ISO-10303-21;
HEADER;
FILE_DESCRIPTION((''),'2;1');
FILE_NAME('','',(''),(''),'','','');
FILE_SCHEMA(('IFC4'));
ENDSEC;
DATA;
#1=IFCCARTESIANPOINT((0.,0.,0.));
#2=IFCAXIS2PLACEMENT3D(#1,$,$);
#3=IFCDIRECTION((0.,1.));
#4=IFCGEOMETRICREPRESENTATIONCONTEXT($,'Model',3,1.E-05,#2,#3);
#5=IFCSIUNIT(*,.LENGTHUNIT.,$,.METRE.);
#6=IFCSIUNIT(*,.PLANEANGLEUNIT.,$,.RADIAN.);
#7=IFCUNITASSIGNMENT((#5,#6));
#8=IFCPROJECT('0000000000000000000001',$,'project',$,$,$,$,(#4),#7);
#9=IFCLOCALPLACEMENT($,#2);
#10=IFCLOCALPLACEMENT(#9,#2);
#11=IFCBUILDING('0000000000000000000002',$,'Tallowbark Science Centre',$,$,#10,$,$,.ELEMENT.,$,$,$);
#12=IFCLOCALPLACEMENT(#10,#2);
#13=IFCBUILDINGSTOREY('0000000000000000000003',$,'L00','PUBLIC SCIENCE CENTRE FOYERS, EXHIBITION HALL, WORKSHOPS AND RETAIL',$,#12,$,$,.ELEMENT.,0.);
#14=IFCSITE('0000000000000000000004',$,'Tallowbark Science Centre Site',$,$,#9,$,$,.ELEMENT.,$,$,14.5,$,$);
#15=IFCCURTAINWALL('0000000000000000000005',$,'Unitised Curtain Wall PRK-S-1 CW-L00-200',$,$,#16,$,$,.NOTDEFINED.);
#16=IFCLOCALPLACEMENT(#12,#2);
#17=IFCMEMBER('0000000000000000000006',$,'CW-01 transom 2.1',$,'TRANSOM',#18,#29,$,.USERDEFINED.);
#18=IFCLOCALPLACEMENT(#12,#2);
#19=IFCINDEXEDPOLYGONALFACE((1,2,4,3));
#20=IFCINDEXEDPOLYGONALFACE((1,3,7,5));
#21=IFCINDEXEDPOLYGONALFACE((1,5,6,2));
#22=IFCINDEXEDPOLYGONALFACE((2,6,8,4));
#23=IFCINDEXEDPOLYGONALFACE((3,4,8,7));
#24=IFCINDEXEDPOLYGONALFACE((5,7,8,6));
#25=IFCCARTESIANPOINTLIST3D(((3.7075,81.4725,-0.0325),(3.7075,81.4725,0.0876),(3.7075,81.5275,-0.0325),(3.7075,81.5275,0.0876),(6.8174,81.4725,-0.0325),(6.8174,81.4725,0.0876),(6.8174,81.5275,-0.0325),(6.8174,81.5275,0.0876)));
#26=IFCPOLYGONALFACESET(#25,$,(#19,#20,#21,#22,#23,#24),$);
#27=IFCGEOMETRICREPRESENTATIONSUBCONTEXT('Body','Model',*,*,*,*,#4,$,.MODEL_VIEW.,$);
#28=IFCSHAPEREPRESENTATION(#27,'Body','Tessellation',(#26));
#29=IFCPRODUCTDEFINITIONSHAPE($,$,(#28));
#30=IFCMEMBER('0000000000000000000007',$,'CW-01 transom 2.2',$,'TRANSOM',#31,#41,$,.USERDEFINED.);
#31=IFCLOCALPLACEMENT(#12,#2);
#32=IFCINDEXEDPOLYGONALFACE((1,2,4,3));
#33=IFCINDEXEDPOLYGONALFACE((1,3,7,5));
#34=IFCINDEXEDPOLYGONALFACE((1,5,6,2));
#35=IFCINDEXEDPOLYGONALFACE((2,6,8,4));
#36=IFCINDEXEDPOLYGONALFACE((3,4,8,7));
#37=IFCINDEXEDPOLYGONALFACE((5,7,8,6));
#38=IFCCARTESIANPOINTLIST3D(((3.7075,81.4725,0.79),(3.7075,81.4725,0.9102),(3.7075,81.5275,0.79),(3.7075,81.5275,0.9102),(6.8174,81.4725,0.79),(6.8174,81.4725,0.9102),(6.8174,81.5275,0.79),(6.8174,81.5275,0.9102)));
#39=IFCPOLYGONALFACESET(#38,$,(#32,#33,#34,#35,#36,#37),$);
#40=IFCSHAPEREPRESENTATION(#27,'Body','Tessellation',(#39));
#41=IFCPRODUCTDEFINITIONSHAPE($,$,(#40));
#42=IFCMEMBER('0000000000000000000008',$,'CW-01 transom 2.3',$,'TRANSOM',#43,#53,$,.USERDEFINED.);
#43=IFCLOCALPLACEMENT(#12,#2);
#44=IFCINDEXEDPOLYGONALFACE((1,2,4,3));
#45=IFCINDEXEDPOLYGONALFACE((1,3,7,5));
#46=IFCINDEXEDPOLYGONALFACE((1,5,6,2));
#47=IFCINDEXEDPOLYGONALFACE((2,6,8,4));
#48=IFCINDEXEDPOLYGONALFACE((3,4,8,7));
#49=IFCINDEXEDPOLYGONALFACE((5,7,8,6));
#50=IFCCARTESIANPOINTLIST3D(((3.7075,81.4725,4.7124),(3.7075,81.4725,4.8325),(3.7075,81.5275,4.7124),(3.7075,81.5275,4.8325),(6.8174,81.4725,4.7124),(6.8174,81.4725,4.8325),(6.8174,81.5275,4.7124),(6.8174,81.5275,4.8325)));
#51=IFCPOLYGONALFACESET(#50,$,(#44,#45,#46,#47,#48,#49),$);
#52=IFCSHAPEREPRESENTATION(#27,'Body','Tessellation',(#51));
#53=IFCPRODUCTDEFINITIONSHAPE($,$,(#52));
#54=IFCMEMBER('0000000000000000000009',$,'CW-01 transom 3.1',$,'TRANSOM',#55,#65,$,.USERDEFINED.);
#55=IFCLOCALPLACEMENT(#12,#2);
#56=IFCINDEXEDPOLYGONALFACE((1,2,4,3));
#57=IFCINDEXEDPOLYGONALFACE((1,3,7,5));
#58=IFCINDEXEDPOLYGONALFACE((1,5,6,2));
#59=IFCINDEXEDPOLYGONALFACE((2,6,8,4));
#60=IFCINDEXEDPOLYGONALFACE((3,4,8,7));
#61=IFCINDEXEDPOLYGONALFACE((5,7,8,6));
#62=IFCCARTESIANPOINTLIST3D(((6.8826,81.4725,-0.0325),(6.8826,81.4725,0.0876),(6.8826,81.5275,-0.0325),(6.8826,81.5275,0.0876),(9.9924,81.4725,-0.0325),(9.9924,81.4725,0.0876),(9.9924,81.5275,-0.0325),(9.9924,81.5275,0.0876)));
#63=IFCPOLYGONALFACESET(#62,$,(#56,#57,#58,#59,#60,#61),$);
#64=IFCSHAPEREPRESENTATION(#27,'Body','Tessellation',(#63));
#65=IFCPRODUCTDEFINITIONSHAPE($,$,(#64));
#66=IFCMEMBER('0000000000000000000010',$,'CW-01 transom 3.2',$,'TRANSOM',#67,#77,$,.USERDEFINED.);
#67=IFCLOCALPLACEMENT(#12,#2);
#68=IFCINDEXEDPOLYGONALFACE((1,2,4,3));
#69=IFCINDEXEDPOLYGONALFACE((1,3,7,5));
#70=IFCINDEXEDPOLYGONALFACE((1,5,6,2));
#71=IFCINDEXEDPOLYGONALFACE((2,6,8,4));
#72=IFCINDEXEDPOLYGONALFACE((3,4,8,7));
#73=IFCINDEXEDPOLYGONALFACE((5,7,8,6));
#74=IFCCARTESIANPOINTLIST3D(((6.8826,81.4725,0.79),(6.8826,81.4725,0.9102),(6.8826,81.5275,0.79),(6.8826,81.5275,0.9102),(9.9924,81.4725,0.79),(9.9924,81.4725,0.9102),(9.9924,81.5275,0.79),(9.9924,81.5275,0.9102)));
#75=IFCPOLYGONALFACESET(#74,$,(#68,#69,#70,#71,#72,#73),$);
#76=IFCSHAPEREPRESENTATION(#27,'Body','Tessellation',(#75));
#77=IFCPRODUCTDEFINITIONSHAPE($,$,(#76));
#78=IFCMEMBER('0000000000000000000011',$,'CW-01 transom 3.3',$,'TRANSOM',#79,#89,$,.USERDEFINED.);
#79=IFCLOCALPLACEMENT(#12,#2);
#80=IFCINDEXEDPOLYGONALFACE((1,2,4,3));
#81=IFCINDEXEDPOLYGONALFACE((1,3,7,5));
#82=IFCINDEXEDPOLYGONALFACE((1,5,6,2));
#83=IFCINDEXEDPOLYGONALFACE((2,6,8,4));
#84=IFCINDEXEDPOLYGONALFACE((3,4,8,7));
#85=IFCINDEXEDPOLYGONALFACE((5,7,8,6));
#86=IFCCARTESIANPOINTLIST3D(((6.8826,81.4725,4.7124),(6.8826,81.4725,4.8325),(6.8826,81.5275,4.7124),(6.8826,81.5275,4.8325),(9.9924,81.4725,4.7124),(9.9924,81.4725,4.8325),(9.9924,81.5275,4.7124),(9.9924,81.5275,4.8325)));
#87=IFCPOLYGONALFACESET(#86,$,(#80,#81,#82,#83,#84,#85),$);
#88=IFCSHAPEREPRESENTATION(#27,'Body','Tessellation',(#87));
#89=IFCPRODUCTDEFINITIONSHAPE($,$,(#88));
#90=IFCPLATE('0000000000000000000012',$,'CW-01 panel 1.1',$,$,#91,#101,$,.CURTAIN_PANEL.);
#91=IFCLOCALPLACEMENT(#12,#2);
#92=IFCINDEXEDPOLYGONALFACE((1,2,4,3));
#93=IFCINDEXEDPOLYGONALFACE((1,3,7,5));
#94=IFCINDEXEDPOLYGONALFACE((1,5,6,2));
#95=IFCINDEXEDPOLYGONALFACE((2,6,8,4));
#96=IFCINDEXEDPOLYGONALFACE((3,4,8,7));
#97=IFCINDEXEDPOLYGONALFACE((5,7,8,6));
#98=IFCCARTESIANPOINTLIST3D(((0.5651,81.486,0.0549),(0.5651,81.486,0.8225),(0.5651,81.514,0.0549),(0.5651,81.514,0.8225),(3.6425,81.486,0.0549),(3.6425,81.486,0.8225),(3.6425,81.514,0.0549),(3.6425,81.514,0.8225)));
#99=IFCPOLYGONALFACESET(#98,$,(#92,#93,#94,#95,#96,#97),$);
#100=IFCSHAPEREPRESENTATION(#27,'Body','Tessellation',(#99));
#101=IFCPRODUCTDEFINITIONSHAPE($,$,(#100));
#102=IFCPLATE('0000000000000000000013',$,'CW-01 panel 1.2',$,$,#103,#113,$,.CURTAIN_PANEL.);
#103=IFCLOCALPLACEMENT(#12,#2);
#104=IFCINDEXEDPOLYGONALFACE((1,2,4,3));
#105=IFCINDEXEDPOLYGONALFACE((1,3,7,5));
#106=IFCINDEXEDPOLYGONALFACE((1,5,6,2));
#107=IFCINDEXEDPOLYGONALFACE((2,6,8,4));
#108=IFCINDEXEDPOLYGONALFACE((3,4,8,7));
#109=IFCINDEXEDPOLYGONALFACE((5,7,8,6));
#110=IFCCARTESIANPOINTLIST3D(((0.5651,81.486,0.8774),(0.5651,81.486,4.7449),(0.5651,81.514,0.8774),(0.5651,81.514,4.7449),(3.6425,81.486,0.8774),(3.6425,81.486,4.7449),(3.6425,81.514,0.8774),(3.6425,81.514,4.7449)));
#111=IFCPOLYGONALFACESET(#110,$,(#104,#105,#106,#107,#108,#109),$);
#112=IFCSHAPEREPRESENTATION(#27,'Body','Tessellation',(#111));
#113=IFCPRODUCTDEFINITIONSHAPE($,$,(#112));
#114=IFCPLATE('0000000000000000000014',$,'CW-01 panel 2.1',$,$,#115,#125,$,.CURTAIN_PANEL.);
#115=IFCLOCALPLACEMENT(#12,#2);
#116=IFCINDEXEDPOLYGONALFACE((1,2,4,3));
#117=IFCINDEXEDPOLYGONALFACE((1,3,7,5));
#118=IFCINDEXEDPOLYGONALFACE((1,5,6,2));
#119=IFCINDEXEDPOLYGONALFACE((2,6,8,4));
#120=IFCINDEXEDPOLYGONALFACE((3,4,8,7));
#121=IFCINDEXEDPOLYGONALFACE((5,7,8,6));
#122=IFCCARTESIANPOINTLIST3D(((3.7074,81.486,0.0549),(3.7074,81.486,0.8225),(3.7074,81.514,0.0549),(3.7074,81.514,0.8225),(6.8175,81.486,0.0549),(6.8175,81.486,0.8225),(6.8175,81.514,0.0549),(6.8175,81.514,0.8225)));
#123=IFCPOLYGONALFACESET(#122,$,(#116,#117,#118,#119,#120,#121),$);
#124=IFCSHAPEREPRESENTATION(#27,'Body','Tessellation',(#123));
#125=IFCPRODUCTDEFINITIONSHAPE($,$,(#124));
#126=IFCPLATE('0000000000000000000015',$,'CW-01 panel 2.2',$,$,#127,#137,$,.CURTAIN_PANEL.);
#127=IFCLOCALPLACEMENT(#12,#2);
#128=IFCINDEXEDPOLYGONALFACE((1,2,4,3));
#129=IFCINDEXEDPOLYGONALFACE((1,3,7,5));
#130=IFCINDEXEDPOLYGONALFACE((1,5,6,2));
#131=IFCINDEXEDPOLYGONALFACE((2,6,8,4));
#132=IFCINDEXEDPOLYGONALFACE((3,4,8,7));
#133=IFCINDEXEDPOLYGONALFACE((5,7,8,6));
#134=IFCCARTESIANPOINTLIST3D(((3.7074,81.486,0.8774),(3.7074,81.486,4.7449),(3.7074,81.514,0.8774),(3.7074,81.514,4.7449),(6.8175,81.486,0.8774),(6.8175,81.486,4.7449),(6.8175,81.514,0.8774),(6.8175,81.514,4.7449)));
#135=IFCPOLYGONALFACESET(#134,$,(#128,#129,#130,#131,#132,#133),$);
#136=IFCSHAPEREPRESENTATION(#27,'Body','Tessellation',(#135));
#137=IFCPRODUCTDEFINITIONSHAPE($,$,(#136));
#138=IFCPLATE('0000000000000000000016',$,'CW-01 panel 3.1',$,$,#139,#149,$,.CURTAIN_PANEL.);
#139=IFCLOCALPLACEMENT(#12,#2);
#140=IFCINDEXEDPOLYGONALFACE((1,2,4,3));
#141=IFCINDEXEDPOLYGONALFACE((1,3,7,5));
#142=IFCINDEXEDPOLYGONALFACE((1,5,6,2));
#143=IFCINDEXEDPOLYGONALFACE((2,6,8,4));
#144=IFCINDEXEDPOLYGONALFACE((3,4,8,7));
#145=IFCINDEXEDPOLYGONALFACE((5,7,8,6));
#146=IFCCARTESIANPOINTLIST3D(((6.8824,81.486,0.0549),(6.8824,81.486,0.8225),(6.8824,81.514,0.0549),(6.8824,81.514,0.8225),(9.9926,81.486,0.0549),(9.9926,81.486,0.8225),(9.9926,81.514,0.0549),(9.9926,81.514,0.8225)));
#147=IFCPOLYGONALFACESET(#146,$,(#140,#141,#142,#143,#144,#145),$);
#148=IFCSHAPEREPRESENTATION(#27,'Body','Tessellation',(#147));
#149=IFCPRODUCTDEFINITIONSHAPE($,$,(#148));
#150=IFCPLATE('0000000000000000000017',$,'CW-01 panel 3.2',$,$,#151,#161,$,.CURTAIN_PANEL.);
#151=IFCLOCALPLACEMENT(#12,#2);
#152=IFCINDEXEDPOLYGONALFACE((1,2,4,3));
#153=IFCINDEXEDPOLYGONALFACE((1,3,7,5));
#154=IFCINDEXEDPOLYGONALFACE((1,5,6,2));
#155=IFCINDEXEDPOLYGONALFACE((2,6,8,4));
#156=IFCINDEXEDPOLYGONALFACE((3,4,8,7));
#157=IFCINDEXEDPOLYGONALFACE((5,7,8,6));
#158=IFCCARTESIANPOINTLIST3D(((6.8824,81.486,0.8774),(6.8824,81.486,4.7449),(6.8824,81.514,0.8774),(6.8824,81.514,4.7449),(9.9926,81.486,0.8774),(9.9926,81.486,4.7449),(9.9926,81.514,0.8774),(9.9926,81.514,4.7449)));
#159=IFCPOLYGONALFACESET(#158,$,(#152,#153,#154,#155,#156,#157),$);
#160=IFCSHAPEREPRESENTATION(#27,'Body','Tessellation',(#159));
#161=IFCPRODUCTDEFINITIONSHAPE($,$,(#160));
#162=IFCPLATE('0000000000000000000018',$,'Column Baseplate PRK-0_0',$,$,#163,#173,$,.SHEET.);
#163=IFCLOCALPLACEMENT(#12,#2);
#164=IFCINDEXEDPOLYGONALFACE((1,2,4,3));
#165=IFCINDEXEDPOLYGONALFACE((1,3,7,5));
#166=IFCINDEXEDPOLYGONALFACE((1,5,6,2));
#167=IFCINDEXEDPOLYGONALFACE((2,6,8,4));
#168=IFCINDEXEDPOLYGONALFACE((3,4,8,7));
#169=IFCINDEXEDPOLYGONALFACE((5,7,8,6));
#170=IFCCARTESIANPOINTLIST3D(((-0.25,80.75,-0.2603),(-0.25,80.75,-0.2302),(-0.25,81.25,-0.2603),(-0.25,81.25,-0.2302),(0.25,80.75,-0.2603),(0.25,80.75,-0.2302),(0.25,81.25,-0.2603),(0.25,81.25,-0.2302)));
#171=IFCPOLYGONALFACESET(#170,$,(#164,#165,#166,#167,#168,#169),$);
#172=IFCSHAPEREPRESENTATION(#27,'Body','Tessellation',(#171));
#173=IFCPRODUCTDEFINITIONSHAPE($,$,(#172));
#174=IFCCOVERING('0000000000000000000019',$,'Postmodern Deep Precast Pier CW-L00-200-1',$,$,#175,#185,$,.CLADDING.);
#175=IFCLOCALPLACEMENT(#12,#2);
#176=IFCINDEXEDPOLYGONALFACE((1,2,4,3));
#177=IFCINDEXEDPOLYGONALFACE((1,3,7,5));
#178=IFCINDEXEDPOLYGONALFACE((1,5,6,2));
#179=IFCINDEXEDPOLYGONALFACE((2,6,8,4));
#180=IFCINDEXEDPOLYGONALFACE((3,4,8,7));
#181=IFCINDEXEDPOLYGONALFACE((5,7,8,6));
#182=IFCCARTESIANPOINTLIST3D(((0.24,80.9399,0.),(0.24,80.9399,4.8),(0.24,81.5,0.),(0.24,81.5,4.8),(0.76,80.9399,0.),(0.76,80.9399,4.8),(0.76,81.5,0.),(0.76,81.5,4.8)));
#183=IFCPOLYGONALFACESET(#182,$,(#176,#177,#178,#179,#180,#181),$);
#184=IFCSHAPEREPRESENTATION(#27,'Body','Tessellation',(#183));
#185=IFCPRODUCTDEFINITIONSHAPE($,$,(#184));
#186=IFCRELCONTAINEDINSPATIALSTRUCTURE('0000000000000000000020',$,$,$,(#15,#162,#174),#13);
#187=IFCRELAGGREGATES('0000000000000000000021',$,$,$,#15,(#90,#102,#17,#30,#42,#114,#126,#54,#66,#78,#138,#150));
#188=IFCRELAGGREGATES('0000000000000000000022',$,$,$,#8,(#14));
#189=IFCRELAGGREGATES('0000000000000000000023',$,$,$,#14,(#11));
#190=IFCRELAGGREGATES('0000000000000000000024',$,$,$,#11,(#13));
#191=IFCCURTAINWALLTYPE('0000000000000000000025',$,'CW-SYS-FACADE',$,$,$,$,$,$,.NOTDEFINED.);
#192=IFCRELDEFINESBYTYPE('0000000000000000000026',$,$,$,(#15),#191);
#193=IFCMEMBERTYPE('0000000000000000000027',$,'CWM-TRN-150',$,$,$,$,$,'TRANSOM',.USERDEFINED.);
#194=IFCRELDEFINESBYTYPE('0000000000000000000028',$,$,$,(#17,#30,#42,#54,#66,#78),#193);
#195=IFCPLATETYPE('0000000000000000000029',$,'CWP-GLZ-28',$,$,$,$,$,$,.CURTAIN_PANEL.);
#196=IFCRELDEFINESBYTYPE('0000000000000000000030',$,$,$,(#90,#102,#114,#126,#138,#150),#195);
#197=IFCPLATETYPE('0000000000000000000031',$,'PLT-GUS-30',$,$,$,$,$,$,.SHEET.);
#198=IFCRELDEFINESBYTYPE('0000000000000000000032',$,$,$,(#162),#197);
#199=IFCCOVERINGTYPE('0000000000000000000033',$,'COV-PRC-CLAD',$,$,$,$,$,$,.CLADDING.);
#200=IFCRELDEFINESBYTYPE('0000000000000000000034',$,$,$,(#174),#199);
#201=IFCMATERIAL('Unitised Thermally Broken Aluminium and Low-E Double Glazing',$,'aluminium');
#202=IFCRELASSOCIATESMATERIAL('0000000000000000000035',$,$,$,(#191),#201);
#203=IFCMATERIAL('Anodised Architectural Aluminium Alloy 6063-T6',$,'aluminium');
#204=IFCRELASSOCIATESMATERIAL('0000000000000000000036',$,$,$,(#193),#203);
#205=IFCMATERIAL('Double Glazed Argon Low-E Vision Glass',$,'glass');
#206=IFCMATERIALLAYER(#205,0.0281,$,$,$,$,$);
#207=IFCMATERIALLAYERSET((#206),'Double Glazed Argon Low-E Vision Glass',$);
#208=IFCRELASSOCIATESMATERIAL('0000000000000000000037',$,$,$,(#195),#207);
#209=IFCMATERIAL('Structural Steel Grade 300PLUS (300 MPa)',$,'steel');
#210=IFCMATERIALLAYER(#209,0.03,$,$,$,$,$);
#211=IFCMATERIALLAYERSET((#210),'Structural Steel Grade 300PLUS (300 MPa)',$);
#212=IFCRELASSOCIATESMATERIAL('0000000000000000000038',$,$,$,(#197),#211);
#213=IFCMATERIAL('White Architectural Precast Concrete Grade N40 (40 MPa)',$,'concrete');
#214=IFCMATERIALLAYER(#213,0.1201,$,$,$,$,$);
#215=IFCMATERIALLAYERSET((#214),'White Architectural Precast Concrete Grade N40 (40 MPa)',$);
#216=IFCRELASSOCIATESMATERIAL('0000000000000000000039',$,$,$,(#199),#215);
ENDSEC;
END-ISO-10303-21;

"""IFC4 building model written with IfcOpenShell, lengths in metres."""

from ifc_helpers import new_model, si_unit, direction, frame, origin, origin_2d, place, context, subcontext, project, spatial, rectangle, extrude, material, layer, layer_set, material_profile, profile_set, type_object, element, aggregate, save


model = new_model("IFC4")

# Units and contexts
model_context = context("Model", 3, precision=1e-05, world=origin(), true_north=direction((0.0, 1.0)))
body_context = subcontext(model_context, "Body", "Model", "MODEL_VIEW")
ifc_project = project(units=[si_unit("LENGTHUNIT", "METRE"), si_unit("PLANEANGLEUNIT", "RADIAN")], contexts=[model_context])

# Site, building, storey
site_placement = place(None, origin())
site = spatial("IfcSite", under=ifc_project, at=site_placement, Name="Tallowbark Science Centre Site", CompositionType="ELEMENT", RefElevation=14.5)
building_placement = place(site_placement, origin())
building = spatial("IfcBuilding", under=site, at=building_placement, Name="Tallowbark Science Centre", CompositionType="ELEMENT")
storey_placement = place(building_placement, origin())
storey = spatial("IfcBuildingStorey", under=building, at=storey_placement, Name="L00", Description="PUBLIC SCIENCE CENTRE FOYERS, EXHIBITION HALL, WORKSHOPS AND RETAIL", CompositionType="ELEMENT", Elevation=0.0)

# Shared definitions
ifc_material_1 = material(Name="Structural Steel Grade 300PLUS (300 MPa)", Category="steel")

# Curtain wall, members, plates
ifc_material_2 = material(Name="Unitised Thermally Broken Aluminium and Low-E Double Glazing", Category="aluminium")
curtain_wall_type = type_object("IfcCurtainWallType", Name="CW-SYS-FACADE", PredefinedType="NOTDEFINED", material=ifc_material_2)
curtain_wall_placement = place(storey_placement, origin())
curtain_wall = element("IfcCurtainWall", 1, at=curtain_wall_placement, inside=storey, type_object=curtain_wall_type, Name="Unitised Curtain Wall PRK-S-1 CW-L00-200", PredefinedType="NOTDEFINED")
ifc_material_3 = material(Name="Anodised Architectural Aluminium Alloy 6063-T6", Category="aluminium")
ifc_material_profile_1 = material_profile(ifc_material_3, rectangle(XDim=0.0549, YDim=0.1201, at=origin_2d()), Name="ALU55x120")
ifc_profile_set_1 = profile_set([ifc_material_profile_1], Name="Anodised Architectural Aluminium Alloy 6063-T6")
member_type_1 = type_object("IfcMemberType", Name="CWM-TRN-150", ElementType="TRANSOM", PredefinedType="USERDEFINED", material=ifc_profile_set_1)
member_1_placement = place(storey_placement, frame((3.7075, 81.5, 0.0276), z_axis=(1.0, 0.0, 0.0), x_axis=(0.0, 1.0, 0.0)))
member_1 = element("IfcMember", 2, at=member_1_placement, type_object=member_type_1, Name="CW-01 transom 2.1", ObjectType="TRANSOM", PredefinedType="USERDEFINED", context=body_context, shape_type="SweptSolid", body=[
    extrude(rectangle(XDim=0.0549, YDim=0.1201, at=origin_2d()), origin(), (0.0, 0.0, 1.0), 3.1099),
])
member_2_placement = place(storey_placement, frame((3.7075, 81.5, 0.8501), z_axis=(1.0, 0.0, 0.0), x_axis=(0.0, 1.0, 0.0)))
member_2 = element("IfcMember", 3, at=member_2_placement, type_object=member_type_1, Name="CW-01 transom 2.2", ObjectType="TRANSOM", PredefinedType="USERDEFINED", context=body_context, shape_type="SweptSolid", body=[
    extrude(rectangle(XDim=0.0549, YDim=0.1201, at=origin_2d()), origin(), (0.0, 0.0, 1.0), 3.1099),
])
member_3_placement = place(storey_placement, frame((3.7075, 81.5, 4.7725), z_axis=(1.0, 0.0, 0.0), x_axis=(0.0, 1.0, 0.0)))
member_3 = element("IfcMember", 4, at=member_3_placement, type_object=member_type_1, Name="CW-01 transom 2.3", ObjectType="TRANSOM", PredefinedType="USERDEFINED", context=body_context, shape_type="SweptSolid", body=[
    extrude(rectangle(XDim=0.0549, YDim=0.1201, at=origin_2d()), origin(), (0.0, 0.0, 1.0), 3.1099),
])
member_4_placement = place(storey_placement, frame((6.8826, 81.5, 0.0276), z_axis=(1.0, 0.0, 0.0), x_axis=(0.0, 1.0, 0.0)))
member_4 = element("IfcMember", 5, at=member_4_placement, type_object=member_type_1, Name="CW-01 transom 3.1", ObjectType="TRANSOM", PredefinedType="USERDEFINED", context=body_context, shape_type="SweptSolid", body=[
    extrude(rectangle(XDim=0.0549, YDim=0.1201, at=origin_2d()), origin(), (0.0, 0.0, 1.0), 3.1099),
])
member_5_placement = place(storey_placement, frame((6.8826, 81.5, 0.8501), z_axis=(1.0, 0.0, 0.0), x_axis=(0.0, 1.0, 0.0)))
member_5 = element("IfcMember", 6, at=member_5_placement, type_object=member_type_1, Name="CW-01 transom 3.2", ObjectType="TRANSOM", PredefinedType="USERDEFINED", context=body_context, shape_type="SweptSolid", body=[
    extrude(rectangle(XDim=0.0549, YDim=0.1201, at=origin_2d()), origin(), (0.0, 0.0, 1.0), 3.1099),
])
member_6_placement = place(storey_placement, frame((6.8826, 81.5, 4.7725), z_axis=(1.0, 0.0, 0.0), x_axis=(0.0, 1.0, 0.0)))
member_6 = element("IfcMember", 7, at=member_6_placement, type_object=member_type_1, Name="CW-01 transom 3.3", ObjectType="TRANSOM", PredefinedType="USERDEFINED", context=body_context, shape_type="SweptSolid", body=[
    extrude(rectangle(XDim=0.0549, YDim=0.1201, at=origin_2d()), origin(), (0.0, 0.0, 1.0), 3.1099),
])
ifc_material_4 = material(Name="Double Glazed Argon Low-E Vision Glass", Category="glass")
ifc_layer_1 = layer(ifc_material_4, 0.0281)
ifc_layer_set_1 = layer_set([ifc_layer_1], Name="Double Glazed Argon Low-E Vision Glass")
plate_type_1 = type_object("IfcPlateType", Name="CWP-GLZ-28", PredefinedType="CURTAIN_PANEL", material=ifc_layer_set_1)
plate_1_placement = place(storey_placement, frame((2.1038, 81.5, 0.0549), z_axis=(0.0, 0.0, 1.0), x_axis=(1.0, 0.0, 0.0)))
plate_1 = element("IfcPlate", 8, at=plate_1_placement, type_object=plate_type_1, Name="CW-01 panel 1.1", PredefinedType="CURTAIN_PANEL", context=body_context, shape_type="SweptSolid", body=[
    extrude(rectangle(XDim=3.0774, YDim=0.0281, at=origin_2d()), origin(), (0.0, 0.0, 1.0), 0.7676),
])
plate_2_placement = place(storey_placement, frame((2.1038, 81.5, 0.8774), z_axis=(0.0, 0.0, 1.0), x_axis=(1.0, 0.0, 0.0)))
plate_2 = element("IfcPlate", 9, at=plate_2_placement, type_object=plate_type_1, Name="CW-01 panel 1.2", PredefinedType="CURTAIN_PANEL", context=body_context, shape_type="SweptSolid", body=[
    extrude(rectangle(XDim=3.0774, YDim=0.0281, at=origin_2d()), origin(), (0.0, 0.0, 1.0), 3.8674),
])
plate_3_placement = place(storey_placement, frame((5.2625, 81.5, 0.0549), z_axis=(0.0, 0.0, 1.0), x_axis=(1.0, 0.0, 0.0)))
plate_3 = element("IfcPlate", 10, at=plate_3_placement, type_object=plate_type_1, Name="CW-01 panel 2.1", PredefinedType="CURTAIN_PANEL", context=body_context, shape_type="SweptSolid", body=[
    extrude(rectangle(XDim=3.1101, YDim=0.0281, at=origin_2d()), origin(), (0.0, 0.0, 1.0), 0.7676),
])
plate_4_placement = place(storey_placement, frame((5.2625, 81.5, 0.8774), z_axis=(0.0, 0.0, 1.0), x_axis=(1.0, 0.0, 0.0)))
plate_4 = element("IfcPlate", 11, at=plate_4_placement, type_object=plate_type_1, Name="CW-01 panel 2.2", PredefinedType="CURTAIN_PANEL", context=body_context, shape_type="SweptSolid", body=[
    extrude(rectangle(XDim=3.1101, YDim=0.0281, at=origin_2d()), origin(), (0.0, 0.0, 1.0), 3.8674),
])
plate_5_placement = place(storey_placement, frame((8.4375, 81.5, 0.0549), z_axis=(0.0, 0.0, 1.0), x_axis=(1.0, 0.0, 0.0)))
plate_5 = element("IfcPlate", 12, at=plate_5_placement, type_object=plate_type_1, Name="CW-01 panel 3.1", PredefinedType="CURTAIN_PANEL", context=body_context, shape_type="SweptSolid", body=[
    extrude(rectangle(XDim=3.1101, YDim=0.0281, at=origin_2d()), origin(), (0.0, 0.0, 1.0), 0.7676),
])
plate_6_placement = place(storey_placement, frame((8.4375, 81.5, 0.8774), z_axis=(0.0, 0.0, 1.0), x_axis=(1.0, 0.0, 0.0)))
plate_6 = element("IfcPlate", 13, at=plate_6_placement, type_object=plate_type_1, Name="CW-01 panel 3.2", PredefinedType="CURTAIN_PANEL", context=body_context, shape_type="SweptSolid", body=[
    extrude(rectangle(XDim=3.1101, YDim=0.0281, at=origin_2d()), origin(), (0.0, 0.0, 1.0), 3.8674),
])
aggregate(curtain_wall, [plate_1, plate_2, member_1, member_2, member_3, plate_3, plate_4, member_4, member_5, member_6, plate_5, plate_6])

# Plate
ifc_layer_2 = layer(ifc_material_1, 0.03)
ifc_layer_set_2 = layer_set([ifc_layer_2], Name="Structural Steel Grade 300PLUS (300 MPa)")
plate_type_2 = type_object("IfcPlateType", Name="PLT-GUS-30", PredefinedType="SHEET", material=ifc_layer_set_2)
plate_7_placement = place(storey_placement, frame((0.0, 81.0, -0.2603), z_axis=(0.0, 0.0, 1.0), x_axis=(1.0, 0.0, 0.0)))
element("IfcPlate", 14, at=plate_7_placement, inside=storey, type_object=plate_type_2, Name="Column Baseplate PRK-0_0", PredefinedType="SHEET", context=body_context, shape_type="SweptSolid", body=[
    extrude(rectangle(XDim=0.5, YDim=0.5, at=origin_2d()), origin(), (0.0, 0.0, 1.0), 0.03),
])

# Covering
ifc_material_5 = material(Name="White Architectural Precast Concrete Grade N40 (40 MPa)", Category="concrete")
ifc_layer_3 = layer(ifc_material_5, 0.1201)
ifc_layer_set_3 = layer_set([ifc_layer_3], Name="White Architectural Precast Concrete Grade N40 (40 MPa)")
covering_type_1 = type_object("IfcCoveringType", Name="COV-PRC-CLAD", PredefinedType="CLADDING", material=ifc_layer_set_3)
covering_1_placement = place(storey_placement, frame((0.5, 81.22, 0.0), z_axis=(0.0, 0.0, 1.0), x_axis=(1.0, 0.0, 0.0)))
element("IfcCovering", 15, at=covering_1_placement, inside=storey, type_object=covering_type_1, Name="Postmodern Deep Precast Pier CW-L00-200-1", PredefinedType="CLADDING", context=body_context, shape_type="SweptSolid", body=[
    extrude(rectangle(XDim=0.52, YDim=0.5601, at=origin_2d()), origin(), (0.0, 0.0, 1.0), 4.8),
])

save(model, "model.ifc")
